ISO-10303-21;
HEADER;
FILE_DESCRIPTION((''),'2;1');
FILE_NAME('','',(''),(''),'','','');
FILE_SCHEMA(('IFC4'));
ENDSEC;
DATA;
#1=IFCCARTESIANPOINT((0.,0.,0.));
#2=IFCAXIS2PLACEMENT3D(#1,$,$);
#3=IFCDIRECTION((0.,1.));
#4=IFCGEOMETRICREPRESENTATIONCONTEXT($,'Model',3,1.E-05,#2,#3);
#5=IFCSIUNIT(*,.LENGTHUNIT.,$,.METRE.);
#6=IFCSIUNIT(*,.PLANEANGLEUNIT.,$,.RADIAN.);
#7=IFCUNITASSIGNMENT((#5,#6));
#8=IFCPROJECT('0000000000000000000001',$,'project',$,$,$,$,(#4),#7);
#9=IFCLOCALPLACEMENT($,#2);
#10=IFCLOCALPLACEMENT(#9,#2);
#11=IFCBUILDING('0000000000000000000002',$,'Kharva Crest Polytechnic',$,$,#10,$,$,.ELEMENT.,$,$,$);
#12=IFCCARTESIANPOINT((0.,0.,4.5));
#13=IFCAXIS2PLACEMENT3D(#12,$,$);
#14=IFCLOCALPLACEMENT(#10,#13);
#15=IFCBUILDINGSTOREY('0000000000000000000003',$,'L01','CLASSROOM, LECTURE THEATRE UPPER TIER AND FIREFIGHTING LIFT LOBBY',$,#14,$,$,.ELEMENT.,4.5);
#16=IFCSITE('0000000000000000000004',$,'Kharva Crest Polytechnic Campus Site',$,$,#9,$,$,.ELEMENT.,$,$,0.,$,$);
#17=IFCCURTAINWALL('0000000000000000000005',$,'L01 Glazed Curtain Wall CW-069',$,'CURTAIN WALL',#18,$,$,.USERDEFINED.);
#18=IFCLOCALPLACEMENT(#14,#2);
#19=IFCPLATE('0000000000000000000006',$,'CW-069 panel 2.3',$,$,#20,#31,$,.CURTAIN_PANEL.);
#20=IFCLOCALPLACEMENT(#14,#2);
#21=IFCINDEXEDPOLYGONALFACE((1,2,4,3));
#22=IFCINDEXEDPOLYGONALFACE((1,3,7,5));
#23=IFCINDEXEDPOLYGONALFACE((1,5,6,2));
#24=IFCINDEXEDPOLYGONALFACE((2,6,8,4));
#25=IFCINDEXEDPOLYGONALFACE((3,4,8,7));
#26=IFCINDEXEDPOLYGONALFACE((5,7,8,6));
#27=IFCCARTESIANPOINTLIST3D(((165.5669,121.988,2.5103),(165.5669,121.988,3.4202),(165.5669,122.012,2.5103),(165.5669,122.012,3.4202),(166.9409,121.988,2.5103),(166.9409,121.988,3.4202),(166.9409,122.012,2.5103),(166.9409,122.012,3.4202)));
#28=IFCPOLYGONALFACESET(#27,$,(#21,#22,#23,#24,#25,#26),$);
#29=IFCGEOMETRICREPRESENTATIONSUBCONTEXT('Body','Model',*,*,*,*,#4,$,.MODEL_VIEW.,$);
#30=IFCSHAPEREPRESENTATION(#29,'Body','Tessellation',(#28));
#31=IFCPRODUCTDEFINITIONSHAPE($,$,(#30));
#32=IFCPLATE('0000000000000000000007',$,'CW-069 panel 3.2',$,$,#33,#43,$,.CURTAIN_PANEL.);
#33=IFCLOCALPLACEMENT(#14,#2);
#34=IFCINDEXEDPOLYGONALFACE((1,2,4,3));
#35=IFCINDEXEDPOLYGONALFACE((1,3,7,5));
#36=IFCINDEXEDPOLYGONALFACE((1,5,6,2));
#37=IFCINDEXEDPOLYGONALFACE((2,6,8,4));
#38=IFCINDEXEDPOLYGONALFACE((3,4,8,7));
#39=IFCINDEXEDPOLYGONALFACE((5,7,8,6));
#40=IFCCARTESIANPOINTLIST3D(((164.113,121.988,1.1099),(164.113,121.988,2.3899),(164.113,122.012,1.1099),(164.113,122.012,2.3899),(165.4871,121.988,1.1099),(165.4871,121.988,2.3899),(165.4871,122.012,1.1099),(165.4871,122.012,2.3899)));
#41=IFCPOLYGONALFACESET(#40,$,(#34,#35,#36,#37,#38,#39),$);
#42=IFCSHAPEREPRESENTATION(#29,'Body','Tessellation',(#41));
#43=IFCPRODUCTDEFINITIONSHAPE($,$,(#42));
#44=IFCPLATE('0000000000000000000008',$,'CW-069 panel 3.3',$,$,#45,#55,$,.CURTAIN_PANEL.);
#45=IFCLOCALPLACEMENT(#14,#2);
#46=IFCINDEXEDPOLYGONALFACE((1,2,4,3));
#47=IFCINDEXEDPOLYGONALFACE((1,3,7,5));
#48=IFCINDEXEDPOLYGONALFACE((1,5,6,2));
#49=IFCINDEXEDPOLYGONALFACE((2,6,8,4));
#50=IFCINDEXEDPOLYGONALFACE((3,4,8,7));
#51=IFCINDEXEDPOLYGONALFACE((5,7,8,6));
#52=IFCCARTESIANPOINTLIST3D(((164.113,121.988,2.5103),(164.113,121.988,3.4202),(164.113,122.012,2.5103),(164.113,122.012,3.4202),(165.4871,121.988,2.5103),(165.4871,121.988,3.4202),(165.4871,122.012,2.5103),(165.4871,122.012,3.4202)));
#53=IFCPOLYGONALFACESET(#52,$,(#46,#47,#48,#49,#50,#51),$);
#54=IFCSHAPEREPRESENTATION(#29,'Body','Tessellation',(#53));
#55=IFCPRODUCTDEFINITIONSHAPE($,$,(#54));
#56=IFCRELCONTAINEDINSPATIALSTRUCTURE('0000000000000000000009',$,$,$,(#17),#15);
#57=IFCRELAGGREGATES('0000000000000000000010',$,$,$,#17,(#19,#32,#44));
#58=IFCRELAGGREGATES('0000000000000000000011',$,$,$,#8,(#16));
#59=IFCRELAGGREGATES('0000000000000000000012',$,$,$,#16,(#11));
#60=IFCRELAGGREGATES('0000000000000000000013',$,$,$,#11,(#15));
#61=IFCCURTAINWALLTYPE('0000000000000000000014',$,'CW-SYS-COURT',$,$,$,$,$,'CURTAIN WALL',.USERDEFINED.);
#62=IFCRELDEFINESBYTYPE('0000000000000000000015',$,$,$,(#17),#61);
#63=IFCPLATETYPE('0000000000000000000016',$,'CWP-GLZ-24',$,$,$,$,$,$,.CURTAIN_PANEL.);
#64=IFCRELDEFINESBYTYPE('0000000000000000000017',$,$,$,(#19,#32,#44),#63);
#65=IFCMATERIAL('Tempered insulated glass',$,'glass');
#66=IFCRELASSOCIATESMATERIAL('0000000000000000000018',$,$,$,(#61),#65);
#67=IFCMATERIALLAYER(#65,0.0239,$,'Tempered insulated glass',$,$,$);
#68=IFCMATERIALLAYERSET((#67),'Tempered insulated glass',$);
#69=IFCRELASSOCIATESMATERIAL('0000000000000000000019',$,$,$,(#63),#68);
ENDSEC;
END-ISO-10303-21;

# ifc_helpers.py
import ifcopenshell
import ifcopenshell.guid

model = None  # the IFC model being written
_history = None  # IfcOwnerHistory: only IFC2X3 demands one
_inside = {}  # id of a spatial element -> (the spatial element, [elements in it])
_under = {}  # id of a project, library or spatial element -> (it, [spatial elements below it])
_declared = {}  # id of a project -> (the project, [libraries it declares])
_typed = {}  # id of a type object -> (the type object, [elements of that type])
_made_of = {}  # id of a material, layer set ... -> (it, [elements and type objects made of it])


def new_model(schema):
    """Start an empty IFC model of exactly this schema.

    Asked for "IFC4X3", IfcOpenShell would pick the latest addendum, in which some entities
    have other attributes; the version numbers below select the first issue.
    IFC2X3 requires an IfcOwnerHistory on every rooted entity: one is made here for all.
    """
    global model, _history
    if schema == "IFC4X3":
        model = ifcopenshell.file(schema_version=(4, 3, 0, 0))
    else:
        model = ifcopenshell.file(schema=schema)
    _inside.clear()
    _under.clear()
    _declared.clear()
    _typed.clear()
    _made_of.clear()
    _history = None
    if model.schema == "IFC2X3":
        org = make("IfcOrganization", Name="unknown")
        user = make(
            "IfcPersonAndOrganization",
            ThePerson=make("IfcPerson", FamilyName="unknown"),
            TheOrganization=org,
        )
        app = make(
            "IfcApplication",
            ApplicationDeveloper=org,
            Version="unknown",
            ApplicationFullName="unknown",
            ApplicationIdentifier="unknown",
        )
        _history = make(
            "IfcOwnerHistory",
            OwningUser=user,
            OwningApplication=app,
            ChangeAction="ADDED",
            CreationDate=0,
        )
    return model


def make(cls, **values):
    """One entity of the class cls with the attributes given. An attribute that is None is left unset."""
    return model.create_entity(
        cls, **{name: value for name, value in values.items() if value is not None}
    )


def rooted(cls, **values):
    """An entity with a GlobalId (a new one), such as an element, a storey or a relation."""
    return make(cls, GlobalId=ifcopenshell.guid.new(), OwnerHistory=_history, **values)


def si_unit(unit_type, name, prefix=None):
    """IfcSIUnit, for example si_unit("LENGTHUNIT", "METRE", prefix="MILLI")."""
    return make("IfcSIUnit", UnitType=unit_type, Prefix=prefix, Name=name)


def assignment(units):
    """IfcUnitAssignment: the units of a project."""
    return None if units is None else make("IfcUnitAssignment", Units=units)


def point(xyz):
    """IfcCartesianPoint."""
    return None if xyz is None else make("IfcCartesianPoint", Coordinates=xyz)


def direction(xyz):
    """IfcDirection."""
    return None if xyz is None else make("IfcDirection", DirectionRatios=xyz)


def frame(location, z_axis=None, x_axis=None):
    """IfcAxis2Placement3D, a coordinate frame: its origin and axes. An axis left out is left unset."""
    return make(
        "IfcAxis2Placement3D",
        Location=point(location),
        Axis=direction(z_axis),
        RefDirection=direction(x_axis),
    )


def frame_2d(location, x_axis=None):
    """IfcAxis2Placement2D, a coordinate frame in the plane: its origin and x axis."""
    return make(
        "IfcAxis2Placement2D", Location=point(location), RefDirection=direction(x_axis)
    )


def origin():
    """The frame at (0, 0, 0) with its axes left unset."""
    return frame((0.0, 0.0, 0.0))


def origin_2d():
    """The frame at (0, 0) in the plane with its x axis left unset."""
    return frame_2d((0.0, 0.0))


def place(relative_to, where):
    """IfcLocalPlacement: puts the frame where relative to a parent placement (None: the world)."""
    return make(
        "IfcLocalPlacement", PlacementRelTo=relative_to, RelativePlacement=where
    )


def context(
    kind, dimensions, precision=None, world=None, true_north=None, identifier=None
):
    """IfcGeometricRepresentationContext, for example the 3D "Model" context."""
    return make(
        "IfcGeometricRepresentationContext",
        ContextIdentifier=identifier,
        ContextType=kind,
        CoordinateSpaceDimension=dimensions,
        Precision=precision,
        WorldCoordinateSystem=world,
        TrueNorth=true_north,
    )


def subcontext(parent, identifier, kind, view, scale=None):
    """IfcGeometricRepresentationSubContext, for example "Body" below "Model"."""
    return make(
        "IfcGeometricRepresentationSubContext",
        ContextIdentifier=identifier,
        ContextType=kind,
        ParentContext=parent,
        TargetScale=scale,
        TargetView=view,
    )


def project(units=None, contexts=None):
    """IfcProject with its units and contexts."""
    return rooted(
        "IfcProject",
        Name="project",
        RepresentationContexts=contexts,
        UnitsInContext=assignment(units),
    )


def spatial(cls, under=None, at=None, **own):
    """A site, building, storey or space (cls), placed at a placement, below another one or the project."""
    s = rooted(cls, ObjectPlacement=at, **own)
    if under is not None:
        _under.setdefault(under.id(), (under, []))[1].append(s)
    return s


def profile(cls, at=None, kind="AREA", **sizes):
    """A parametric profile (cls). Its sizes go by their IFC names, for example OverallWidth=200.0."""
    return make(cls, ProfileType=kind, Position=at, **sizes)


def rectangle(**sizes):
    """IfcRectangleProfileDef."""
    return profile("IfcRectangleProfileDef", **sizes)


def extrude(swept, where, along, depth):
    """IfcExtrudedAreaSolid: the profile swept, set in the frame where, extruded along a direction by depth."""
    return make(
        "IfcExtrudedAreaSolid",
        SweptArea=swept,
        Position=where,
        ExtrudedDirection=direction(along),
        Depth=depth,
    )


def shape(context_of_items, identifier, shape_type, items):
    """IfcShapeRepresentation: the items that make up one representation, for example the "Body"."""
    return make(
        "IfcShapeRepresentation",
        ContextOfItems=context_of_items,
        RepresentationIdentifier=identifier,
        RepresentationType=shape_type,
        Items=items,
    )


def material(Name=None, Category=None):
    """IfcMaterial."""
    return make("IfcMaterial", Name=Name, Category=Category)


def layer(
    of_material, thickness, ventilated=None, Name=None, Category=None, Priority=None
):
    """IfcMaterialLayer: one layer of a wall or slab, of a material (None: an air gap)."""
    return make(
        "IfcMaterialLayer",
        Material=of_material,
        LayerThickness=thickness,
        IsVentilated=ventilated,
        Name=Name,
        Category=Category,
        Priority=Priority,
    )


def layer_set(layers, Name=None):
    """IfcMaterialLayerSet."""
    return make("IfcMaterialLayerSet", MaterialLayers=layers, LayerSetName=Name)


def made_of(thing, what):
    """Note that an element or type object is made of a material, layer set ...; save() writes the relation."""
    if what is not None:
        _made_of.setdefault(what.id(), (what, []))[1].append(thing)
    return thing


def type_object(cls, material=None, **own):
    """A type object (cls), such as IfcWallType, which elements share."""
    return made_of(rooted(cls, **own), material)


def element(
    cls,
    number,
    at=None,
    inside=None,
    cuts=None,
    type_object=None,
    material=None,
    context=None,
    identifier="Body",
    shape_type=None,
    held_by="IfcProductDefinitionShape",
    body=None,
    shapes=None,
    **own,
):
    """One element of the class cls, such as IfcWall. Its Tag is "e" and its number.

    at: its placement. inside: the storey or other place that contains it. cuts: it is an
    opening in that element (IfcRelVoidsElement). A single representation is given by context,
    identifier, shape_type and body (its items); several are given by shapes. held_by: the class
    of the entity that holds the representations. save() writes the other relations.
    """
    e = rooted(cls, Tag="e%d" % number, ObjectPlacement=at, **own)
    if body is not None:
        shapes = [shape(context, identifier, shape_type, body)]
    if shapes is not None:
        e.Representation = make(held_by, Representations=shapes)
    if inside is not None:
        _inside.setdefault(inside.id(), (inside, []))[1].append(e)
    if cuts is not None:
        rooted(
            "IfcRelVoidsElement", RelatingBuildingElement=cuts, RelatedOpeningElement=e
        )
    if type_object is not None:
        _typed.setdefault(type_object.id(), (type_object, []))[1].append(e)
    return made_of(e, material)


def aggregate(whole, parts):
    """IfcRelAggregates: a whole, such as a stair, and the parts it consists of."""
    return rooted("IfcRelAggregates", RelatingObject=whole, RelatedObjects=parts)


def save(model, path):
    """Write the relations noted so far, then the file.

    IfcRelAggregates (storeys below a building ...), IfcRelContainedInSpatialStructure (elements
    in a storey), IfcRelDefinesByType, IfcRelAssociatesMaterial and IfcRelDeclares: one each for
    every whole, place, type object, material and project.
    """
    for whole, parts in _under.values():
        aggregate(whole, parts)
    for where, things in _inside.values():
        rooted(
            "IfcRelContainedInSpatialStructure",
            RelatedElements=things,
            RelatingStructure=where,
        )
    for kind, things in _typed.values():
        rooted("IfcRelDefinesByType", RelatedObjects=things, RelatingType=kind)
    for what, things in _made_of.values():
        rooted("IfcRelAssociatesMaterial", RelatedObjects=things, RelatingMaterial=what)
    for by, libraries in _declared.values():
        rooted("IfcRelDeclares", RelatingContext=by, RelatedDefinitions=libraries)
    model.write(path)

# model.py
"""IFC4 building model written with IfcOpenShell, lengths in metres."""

from ifc_helpers import new_model, si_unit, direction, frame, origin, origin_2d, place, context, subcontext, project, spatial, rectangle, extrude, material, layer, layer_set, type_object, element, aggregate, save


model = new_model("IFC4")

# Units and contexts
model_context = context("Model", 3, precision=1e-05, world=origin(), true_north=direction((0.0, 1.0)))
body_context = subcontext(model_context, "Body", "Model", "MODEL_VIEW")
ifc_project = project(units=[si_unit("LENGTHUNIT", "METRE"), si_unit("PLANEANGLEUNIT", "RADIAN")], contexts=[model_context])

# Site, building, storey
site_placement = place(None, origin())
site = spatial("IfcSite", under=ifc_project, at=site_placement, Name="Kharva Crest Polytechnic Campus Site", CompositionType="ELEMENT", RefElevation=0.0)
building_placement = place(site_placement, origin())
building = spatial("IfcBuilding", under=site, at=building_placement, Name="Kharva Crest Polytechnic", CompositionType="ELEMENT")
storey_placement = place(building_placement, frame((0.0, 0.0, 4.5)))
storey = spatial("IfcBuildingStorey", under=building, at=storey_placement, Name="L01", Description="CLASSROOM, LECTURE THEATRE UPPER TIER AND FIREFIGHTING LIFT LOBBY", CompositionType="ELEMENT", Elevation=4.5)

# Curtain wall, plates
ifc_material_1 = material(Name="Tempered insulated glass", Category="glass")
curtain_wall_type = type_object("IfcCurtainWallType", Name="CW-SYS-COURT", ElementType="CURTAIN WALL", PredefinedType="USERDEFINED", material=ifc_material_1)
curtain_wall_placement = place(storey_placement, origin())
curtain_wall = element("IfcCurtainWall", 1, at=curtain_wall_placement, inside=storey, type_object=curtain_wall_type, Name="L01 Glazed Curtain Wall CW-069", ObjectType="CURTAIN WALL", PredefinedType="USERDEFINED")
ifc_layer = layer(ifc_material_1, 0.0239, Name="Tempered insulated glass")
ifc_layer_set = layer_set([ifc_layer], Name="Tempered insulated glass")
plate_type = type_object("IfcPlateType", Name="CWP-GLZ-24", PredefinedType="CURTAIN_PANEL", material=ifc_layer_set)
plate_1_placement = place(storey_placement, frame((166.2539, 122.0, 2.5103), z_axis=(0.0, 0.0, 1.0), x_axis=(-1.0, 0.0, 0.0)))
plate_1 = element("IfcPlate", 2, at=plate_1_placement, type_object=plate_type, Name="CW-069 panel 2.3", PredefinedType="CURTAIN_PANEL", context=body_context, shape_type="SweptSolid", body=[
    extrude(rectangle(XDim=1.374, YDim=0.0239, at=origin_2d()), origin(), (0.0, 0.0, 1.0), 0.9099),
])
plate_2_placement = place(storey_placement, frame((164.8, 122.0, 1.1099), z_axis=(0.0, 0.0, 1.0), x_axis=(-1.0, 0.0, 0.0)))
plate_2 = element("IfcPlate", 3, at=plate_2_placement, type_object=plate_type, Name="CW-069 panel 3.2", PredefinedType="CURTAIN_PANEL", context=body_context, shape_type="SweptSolid", body=[
    extrude(rectangle(XDim=1.374, YDim=0.0239, at=origin_2d()), origin(), (0.0, 0.0, 1.0), 1.28),
])
plate_3_placement = place(storey_placement, frame((164.8, 122.0, 2.5103), z_axis=(0.0, 0.0, 1.0), x_axis=(-1.0, 0.0, 0.0)))
plate_3 = element("IfcPlate", 4, at=plate_3_placement, type_object=plate_type, Name="CW-069 panel 3.3", PredefinedType="CURTAIN_PANEL", context=body_context, shape_type="SweptSolid", body=[
    extrude(rectangle(XDim=1.374, YDim=0.0239, at=origin_2d()), origin(), (0.0, 0.0, 1.0), 0.9099),
])
aggregate(curtain_wall, [plate_1, plate_2, plate_3])

save(model, "model.ifc")
